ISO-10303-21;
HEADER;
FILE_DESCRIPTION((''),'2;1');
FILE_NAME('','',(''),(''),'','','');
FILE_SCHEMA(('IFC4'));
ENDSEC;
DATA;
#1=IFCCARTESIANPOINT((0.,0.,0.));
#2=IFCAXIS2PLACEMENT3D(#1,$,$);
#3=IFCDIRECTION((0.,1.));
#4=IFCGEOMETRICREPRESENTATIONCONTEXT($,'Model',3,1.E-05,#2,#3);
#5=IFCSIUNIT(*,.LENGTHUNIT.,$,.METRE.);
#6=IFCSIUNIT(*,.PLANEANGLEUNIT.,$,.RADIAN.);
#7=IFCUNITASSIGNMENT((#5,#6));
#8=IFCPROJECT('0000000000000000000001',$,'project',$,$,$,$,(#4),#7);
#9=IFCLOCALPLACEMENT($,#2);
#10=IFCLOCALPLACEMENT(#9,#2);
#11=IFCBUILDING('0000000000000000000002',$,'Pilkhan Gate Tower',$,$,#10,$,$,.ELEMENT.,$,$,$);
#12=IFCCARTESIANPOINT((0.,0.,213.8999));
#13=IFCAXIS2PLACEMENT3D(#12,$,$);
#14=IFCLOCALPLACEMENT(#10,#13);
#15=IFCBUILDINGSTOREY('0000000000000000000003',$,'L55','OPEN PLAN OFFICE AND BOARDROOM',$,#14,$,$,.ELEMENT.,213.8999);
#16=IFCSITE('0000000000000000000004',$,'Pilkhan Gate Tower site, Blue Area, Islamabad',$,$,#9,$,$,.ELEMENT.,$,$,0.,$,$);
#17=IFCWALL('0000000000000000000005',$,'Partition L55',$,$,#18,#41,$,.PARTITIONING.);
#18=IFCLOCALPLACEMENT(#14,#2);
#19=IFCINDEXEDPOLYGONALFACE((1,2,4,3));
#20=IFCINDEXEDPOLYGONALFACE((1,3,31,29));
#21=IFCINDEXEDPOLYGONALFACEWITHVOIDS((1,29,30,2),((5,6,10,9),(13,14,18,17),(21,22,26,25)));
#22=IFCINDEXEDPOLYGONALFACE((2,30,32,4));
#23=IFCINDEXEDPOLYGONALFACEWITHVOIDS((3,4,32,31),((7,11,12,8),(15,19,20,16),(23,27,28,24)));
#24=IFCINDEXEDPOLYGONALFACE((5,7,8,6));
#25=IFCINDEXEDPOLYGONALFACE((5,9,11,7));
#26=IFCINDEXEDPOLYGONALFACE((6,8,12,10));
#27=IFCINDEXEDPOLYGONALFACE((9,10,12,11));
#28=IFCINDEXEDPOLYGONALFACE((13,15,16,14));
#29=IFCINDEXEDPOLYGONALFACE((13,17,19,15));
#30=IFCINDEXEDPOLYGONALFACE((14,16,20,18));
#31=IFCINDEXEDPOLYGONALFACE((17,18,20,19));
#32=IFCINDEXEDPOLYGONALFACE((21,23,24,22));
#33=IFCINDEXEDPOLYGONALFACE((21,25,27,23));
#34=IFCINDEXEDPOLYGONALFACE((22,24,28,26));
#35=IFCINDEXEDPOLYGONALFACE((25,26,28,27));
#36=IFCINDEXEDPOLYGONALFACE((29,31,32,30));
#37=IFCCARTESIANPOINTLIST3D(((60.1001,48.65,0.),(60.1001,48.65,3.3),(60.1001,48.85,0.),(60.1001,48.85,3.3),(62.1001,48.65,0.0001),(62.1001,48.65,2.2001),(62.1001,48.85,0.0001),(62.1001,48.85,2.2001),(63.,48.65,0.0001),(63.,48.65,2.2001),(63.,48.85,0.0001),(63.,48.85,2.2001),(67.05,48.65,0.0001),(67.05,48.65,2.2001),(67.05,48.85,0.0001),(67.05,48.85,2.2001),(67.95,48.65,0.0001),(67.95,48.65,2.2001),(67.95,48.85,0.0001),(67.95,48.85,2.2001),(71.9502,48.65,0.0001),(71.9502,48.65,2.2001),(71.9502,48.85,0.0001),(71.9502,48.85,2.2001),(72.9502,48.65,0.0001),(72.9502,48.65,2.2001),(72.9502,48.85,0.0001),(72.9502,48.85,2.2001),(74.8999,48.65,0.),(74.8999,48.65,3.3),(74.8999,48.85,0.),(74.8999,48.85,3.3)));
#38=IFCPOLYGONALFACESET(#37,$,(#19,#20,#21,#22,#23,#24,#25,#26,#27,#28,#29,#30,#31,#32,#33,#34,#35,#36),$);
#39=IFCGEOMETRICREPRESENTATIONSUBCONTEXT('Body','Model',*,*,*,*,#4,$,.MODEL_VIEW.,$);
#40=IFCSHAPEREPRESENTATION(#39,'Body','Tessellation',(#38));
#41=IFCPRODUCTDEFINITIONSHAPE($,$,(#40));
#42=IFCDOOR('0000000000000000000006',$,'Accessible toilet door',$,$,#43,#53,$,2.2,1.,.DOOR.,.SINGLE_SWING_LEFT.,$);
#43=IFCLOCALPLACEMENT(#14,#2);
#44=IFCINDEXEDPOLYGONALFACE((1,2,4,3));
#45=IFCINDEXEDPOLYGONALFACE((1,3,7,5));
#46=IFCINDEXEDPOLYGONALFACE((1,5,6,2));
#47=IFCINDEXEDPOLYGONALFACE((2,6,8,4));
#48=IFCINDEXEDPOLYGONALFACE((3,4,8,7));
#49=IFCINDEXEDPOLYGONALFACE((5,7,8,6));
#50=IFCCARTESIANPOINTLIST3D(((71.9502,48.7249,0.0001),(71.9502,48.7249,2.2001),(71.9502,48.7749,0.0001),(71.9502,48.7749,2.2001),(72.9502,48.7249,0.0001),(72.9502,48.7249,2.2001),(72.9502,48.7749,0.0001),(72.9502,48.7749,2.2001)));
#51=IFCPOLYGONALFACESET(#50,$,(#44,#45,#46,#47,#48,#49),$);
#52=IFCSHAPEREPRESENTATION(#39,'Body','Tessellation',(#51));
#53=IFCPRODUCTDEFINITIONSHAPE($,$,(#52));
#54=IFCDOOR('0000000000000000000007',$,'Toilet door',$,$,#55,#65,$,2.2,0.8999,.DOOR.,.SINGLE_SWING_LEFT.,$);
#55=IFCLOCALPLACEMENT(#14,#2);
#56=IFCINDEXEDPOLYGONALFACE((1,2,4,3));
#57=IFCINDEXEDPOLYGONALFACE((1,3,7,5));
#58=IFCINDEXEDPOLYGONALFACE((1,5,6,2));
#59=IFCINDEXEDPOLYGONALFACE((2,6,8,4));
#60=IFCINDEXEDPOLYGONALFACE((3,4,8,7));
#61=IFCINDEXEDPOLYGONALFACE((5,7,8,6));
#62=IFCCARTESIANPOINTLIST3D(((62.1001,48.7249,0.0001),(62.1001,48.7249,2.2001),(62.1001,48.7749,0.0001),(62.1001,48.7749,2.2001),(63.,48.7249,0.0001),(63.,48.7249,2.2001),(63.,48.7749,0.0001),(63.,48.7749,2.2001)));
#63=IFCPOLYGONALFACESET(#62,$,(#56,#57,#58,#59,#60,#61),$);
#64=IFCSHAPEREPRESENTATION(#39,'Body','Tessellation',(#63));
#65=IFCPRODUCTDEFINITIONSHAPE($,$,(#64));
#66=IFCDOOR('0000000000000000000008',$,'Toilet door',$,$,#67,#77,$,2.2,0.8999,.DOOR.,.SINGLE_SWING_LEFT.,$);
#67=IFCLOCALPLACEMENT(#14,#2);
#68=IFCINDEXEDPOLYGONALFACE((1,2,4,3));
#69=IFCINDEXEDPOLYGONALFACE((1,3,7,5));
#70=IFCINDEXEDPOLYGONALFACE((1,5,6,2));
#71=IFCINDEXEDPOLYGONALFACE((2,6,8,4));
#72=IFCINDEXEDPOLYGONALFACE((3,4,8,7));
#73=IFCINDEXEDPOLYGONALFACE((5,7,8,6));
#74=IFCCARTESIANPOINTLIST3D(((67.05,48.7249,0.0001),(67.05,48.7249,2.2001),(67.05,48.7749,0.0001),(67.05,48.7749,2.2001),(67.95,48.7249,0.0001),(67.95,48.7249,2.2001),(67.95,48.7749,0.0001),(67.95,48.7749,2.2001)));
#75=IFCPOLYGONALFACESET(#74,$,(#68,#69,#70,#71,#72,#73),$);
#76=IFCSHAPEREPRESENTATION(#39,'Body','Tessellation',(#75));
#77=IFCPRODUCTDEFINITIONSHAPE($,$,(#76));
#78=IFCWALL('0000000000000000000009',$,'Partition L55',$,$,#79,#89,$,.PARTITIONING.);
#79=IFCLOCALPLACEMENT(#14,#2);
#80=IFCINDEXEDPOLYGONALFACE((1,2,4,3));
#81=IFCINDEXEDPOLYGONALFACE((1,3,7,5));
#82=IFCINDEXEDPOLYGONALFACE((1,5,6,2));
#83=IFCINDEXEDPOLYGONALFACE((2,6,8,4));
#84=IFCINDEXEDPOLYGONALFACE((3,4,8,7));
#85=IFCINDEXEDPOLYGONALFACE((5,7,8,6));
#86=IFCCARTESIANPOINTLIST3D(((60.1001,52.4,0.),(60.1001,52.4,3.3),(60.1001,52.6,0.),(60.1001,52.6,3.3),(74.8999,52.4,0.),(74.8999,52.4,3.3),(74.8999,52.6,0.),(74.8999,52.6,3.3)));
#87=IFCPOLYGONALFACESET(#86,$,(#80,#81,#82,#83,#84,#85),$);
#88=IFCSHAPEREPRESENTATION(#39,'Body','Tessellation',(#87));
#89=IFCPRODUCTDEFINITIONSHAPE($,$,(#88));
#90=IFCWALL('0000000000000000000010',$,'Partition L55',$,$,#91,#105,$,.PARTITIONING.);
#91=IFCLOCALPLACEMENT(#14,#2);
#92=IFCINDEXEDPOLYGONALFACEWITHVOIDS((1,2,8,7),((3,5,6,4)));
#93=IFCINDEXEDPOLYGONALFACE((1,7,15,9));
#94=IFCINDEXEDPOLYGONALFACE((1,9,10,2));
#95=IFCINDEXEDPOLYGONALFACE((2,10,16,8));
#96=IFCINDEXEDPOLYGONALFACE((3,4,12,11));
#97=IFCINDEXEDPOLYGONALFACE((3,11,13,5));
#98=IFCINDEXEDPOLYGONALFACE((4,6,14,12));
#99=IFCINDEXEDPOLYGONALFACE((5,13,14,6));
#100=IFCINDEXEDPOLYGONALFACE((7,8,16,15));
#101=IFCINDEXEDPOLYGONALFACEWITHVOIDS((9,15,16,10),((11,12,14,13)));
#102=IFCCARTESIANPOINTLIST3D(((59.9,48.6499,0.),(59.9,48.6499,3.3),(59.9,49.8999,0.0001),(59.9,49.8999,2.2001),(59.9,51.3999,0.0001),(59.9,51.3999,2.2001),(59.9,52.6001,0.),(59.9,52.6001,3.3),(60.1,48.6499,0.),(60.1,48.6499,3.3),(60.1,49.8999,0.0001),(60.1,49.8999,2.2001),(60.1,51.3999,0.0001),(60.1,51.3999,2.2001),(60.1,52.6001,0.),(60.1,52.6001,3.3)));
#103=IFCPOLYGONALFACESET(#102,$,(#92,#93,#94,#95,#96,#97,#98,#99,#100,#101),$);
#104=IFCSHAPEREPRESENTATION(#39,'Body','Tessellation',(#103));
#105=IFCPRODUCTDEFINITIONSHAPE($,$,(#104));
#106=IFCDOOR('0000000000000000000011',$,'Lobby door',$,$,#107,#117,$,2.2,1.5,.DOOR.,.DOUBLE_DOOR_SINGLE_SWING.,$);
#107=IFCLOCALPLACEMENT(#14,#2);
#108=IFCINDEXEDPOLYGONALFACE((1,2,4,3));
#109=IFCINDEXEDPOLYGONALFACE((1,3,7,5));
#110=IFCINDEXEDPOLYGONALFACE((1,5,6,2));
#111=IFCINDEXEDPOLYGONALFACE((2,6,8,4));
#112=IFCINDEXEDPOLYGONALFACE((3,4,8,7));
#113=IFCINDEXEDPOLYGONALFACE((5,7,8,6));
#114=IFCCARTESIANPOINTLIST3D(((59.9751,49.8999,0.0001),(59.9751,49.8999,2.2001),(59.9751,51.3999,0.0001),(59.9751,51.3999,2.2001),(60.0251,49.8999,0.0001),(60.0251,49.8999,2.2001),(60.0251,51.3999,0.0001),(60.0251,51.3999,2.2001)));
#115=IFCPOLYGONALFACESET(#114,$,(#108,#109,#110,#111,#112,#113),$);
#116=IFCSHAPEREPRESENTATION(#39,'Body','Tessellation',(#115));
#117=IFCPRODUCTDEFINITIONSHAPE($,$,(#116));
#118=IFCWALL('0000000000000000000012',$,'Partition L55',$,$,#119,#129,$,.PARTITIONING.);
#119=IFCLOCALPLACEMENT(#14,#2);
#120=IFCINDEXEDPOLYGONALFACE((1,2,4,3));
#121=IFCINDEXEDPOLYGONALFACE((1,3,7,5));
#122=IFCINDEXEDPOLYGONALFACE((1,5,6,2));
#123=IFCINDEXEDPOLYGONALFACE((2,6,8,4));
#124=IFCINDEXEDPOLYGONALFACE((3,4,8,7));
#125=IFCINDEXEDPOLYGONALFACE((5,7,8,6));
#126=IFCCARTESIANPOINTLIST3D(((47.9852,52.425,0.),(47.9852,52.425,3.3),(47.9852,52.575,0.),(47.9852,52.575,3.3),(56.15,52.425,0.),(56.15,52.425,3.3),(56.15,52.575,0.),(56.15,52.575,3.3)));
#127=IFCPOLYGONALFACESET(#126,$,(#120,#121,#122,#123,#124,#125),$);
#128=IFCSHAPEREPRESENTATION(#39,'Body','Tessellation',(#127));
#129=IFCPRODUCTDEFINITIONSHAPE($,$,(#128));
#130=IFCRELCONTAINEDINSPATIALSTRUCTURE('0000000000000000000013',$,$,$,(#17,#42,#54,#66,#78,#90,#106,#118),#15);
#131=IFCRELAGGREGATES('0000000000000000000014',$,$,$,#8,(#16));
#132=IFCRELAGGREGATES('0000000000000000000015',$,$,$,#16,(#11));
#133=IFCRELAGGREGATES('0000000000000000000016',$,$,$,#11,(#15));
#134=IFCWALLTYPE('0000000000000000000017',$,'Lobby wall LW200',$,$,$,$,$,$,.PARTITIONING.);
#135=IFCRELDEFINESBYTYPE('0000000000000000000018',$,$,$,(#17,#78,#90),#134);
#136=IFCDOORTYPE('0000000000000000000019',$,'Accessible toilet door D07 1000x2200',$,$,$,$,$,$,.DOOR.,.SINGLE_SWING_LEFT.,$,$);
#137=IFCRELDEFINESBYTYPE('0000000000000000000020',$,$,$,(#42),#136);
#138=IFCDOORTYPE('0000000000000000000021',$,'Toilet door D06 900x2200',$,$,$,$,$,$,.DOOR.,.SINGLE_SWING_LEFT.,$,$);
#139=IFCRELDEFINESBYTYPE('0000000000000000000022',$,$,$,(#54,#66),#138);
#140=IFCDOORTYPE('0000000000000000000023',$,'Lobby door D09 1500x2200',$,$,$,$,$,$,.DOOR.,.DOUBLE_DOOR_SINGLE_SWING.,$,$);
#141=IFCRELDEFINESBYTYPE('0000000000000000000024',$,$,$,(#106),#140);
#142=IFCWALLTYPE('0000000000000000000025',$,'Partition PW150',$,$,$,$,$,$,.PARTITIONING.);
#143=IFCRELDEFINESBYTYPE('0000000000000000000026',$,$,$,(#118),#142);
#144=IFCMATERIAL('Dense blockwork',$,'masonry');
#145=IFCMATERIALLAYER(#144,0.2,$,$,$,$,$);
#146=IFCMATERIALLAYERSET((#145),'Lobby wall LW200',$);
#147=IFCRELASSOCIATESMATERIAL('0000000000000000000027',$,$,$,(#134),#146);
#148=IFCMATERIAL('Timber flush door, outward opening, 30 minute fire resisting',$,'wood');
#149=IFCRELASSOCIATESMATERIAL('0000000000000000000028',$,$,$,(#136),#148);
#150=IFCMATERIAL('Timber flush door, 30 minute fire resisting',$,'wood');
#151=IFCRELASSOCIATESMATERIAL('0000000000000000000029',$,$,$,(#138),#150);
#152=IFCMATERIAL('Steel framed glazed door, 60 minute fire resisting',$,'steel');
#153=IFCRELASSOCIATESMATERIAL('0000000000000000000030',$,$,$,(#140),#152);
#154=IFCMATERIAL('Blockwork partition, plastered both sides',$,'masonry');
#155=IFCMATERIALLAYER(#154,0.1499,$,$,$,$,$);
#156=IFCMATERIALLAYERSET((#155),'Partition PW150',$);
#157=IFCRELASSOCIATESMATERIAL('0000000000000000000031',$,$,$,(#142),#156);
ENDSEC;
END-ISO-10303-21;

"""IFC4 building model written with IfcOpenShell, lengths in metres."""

from ifc_helpers import new_model, si_unit, direction, frame, frame_2d, origin, place, context, subcontext, project, spatial, rectangle, extrude, material, layer, layer_set, type_object, element, fill, save


model = new_model("IFC4")

# Units and contexts
model_context = context("Model", 3, precision=1e-05, world=origin(), true_north=direction((0.0, 1.0)))
body_context = subcontext(model_context, "Body", "Model", "MODEL_VIEW")
ifc_project = project(units=[si_unit("LENGTHUNIT", "METRE"), si_unit("PLANEANGLEUNIT", "RADIAN")], contexts=[model_context])

# Site, building, storey
site_placement = place(None, origin())
site = spatial("IfcSite", under=ifc_project, at=site_placement, Name="Pilkhan Gate Tower site, Blue Area, Islamabad", CompositionType="ELEMENT", RefElevation=0.0)
building_placement = place(site_placement, origin())
building = spatial("IfcBuilding", under=site, at=building_placement, Name="Pilkhan Gate Tower", CompositionType="ELEMENT")
storey_placement = place(building_placement, frame((0.0, 0.0, 213.8999)))
storey = spatial("IfcBuildingStorey", under=building, at=storey_placement, Name="L55", Description="OPEN PLAN OFFICE AND BOARDROOM", CompositionType="ELEMENT", Elevation=213.8999)

# Shared definitions
ifc_material_1 = material(Name="Dense blockwork", Category="masonry")

# Shared definitions
ifc_material_2 = material(Name="Timber flush door, 30 minute fire resisting", Category="wood")

# Wall, openings, doors
ifc_layer_1 = layer(ifc_material_1, 0.2)
ifc_layer_set_1 = layer_set([ifc_layer_1], Name="Lobby wall LW200")
wall_type_1 = type_object("IfcWallType", Name="Lobby wall LW200", PredefinedType="PARTITIONING", material=ifc_layer_set_1)
wall_1_placement = place(storey_placement, frame((60.1001, 48.75, 0.0), z_axis=(0.0, 0.0, 1.0), x_axis=(1.0, 0.0, 0.0)))
wall_1 = element("IfcWall", 1, at=wall_1_placement, inside=storey, type_object=wall_type_1, Name="Partition L55", PredefinedType="PARTITIONING", context=body_context, shape_type="SweptSolid", body=[
    extrude(rectangle(XDim=14.7998, YDim=0.2, at=frame_2d((7.3999, 0.0))), origin(), (0.0, 0.0, 1.0), 3.3),
])
opening_1_placement = place(wall_1_placement, frame((2.0, 0.0, 0.0)))
opening_1 = element("IfcOpeningElement", 2, at=opening_1_placement, cuts=wall_1, PredefinedType="OPENING", context=body_context, shape_type="SweptSolid", body=[
    extrude(rectangle(XDim=0.8999, YDim=2.2, at=frame_2d((0.45, 1.1001))), frame((0.0, 0.1099, 0.0), z_axis=(0.0, -1.0, 0.0), x_axis=(1.0, 0.0, 0.0)), (0.0, 0.0, 1.0), 0.22),
])
opening_2_placement = place(wall_1_placement, frame((6.95, 0.0, 0.0)))
opening_2 = element("IfcOpeningElement", 3, at=opening_2_placement, cuts=wall_1, PredefinedType="OPENING", context=body_context, shape_type="SweptSolid", body=[
    extrude(rectangle(XDim=0.8999, YDim=2.2, at=frame_2d((0.45, 1.1001))), frame((0.0, 0.1099, 0.0), z_axis=(0.0, -1.0, 0.0), x_axis=(1.0, 0.0, 0.0)), (0.0, 0.0, 1.0), 0.22),
])
opening_3_placement = place(wall_1_placement, frame((11.8501, 0.0, 0.0)))
opening_3 = element("IfcOpeningElement", 4, at=opening_3_placement, cuts=wall_1, PredefinedType="OPENING", context=body_context, shape_type="SweptSolid", body=[
    extrude(rectangle(XDim=1.0, YDim=2.2, at=frame_2d((0.5, 1.1001))), frame((0.0, 0.1099, 0.0), z_axis=(0.0, -1.0, 0.0), x_axis=(1.0, 0.0, 0.0)), (0.0, 0.0, 1.0), 0.22),
])
ifc_material_3 = material(Name="Timber flush door, outward opening, 30 minute fire resisting", Category="wood")
door_type_1 = type_object("IfcDoorType", Name="Accessible toilet door D07 1000x2200", OperationType="SINGLE_SWING_LEFT", PredefinedType="DOOR", material=ifc_material_3)
door_1_placement = place(opening_3_placement, origin())
door_1 = element("IfcDoor", 5, at=door_1_placement, inside=storey, type_object=door_type_1, Name="Accessible toilet door", OperationType="SINGLE_SWING_LEFT", OverallHeight=2.2, OverallWidth=1.0, PredefinedType="DOOR", context=body_context, shape_type="SweptSolid", body=[
    extrude(rectangle(XDim=1.0, YDim=2.2, at=frame_2d((0.5, 1.1001))), frame((0.0, 0.0249, 0.0), z_axis=(0.0, -1.0, 0.0), x_axis=(1.0, 0.0, 0.0)), (0.0, 0.0, 1.0), 0.05),
])
fill(opening_3, door_1)
door_type_2 = type_object("IfcDoorType", Name="Toilet door D06 900x2200", OperationType="SINGLE_SWING_LEFT", PredefinedType="DOOR", material=ifc_material_2)
door_2_placement = place(opening_1_placement, origin())
door_2 = element("IfcDoor", 6, at=door_2_placement, inside=storey, type_object=door_type_2, Name="Toilet door", OperationType="SINGLE_SWING_LEFT", OverallHeight=2.2, OverallWidth=0.8999, PredefinedType="DOOR", context=body_context, shape_type="SweptSolid", body=[
    extrude(rectangle(XDim=0.8999, YDim=2.2, at=frame_2d((0.45, 1.1001))), frame((0.0, 0.0249, 0.0), z_axis=(0.0, -1.0, 0.0), x_axis=(1.0, 0.0, 0.0)), (0.0, 0.0, 1.0), 0.05),
])
fill(opening_1, door_2)
door_3_placement = place(opening_2_placement, origin())
door_3 = element("IfcDoor", 7, at=door_3_placement, inside=storey, type_object=door_type_2, Name="Toilet door", OperationType="SINGLE_SWING_LEFT", OverallHeight=2.2, OverallWidth=0.8999, PredefinedType="DOOR", context=body_context, shape_type="SweptSolid", body=[
    extrude(rectangle(XDim=0.8999, YDim=2.2, at=frame_2d((0.45, 1.1001))), frame((0.0, 0.0249, 0.0), z_axis=(0.0, -1.0, 0.0), x_axis=(1.0, 0.0, 0.0)), (0.0, 0.0, 1.0), 0.05),
])
fill(opening_2, door_3)

# Wall
wall_2_placement = place(storey_placement, frame((60.1001, 52.5, 0.0), z_axis=(0.0, 0.0, 1.0), x_axis=(1.0, 0.0, 0.0)))
element("IfcWall", 8, at=wall_2_placement, inside=storey, type_object=wall_type_1, Name="Partition L55", PredefinedType="PARTITIONING", context=body_context, shape_type="SweptSolid", body=[
    extrude(rectangle(XDim=14.7998, YDim=0.2, at=frame_2d((7.3999, 0.0))), origin(), (0.0, 0.0, 1.0), 3.3),
])

# Wall, opening, door
wall_3_placement = place(storey_placement, frame((60.0, 48.6499, 0.0), z_axis=(0.0, 0.0, 1.0), x_axis=(0.0, 1.0, 0.0)))
wall_3 = element("IfcWall", 9, at=wall_3_placement, inside=storey, type_object=wall_type_1, Name="Partition L55", PredefinedType="PARTITIONING", context=body_context, shape_type="SweptSolid", body=[
    extrude(rectangle(XDim=3.9502, YDim=0.2, at=frame_2d((1.9751, 0.0))), origin(), (0.0, 0.0, 1.0), 3.3),
])
opening_4_placement = place(wall_3_placement, frame((1.25, 0.0, 0.0)))
opening_4 = element("IfcOpeningElement", 10, at=opening_4_placement, cuts=wall_3, PredefinedType="OPENING", context=body_context, shape_type="SweptSolid", body=[
    extrude(rectangle(XDim=1.5, YDim=2.2, at=frame_2d((0.75, 1.1001))), frame((0.0, 0.1099, 0.0), z_axis=(0.0, -1.0, 0.0), x_axis=(1.0, 0.0, 0.0)), (0.0, 0.0, 1.0), 0.22),
])
ifc_material_4 = material(Name="Steel framed glazed door, 60 minute fire resisting", Category="steel")
door_type_3 = type_object("IfcDoorType", Name="Lobby door D09 1500x2200", OperationType="DOUBLE_DOOR_SINGLE_SWING", PredefinedType="DOOR", material=ifc_material_4)
door_4_placement = place(opening_4_placement, origin())
door_4 = element("IfcDoor", 11, at=door_4_placement, inside=storey, type_object=door_type_3, Name="Lobby door", OperationType="DOUBLE_DOOR_SINGLE_SWING", OverallHeight=2.2, OverallWidth=1.5, PredefinedType="DOOR", context=body_context, shape_type="SweptSolid", body=[
    extrude(rectangle(XDim=1.5, YDim=2.2, at=frame_2d((0.75, 1.1001))), frame((0.0, 0.0249, 0.0), z_axis=(0.0, -1.0, 0.0), x_axis=(1.0, 0.0, 0.0)), (0.0, 0.0, 1.0), 0.05),
])
fill(opening_4, door_4)

# Wall
ifc_material_5 = material(Name="Blockwork partition, plastered both sides", Category="masonry")
ifc_layer_2 = layer(ifc_material_5, 0.1499)
ifc_layer_set_2 = layer_set([ifc_layer_2], Name="Partition PW150")
wall_type_2 = type_object("IfcWallType", Name="Partition PW150", PredefinedType="PARTITIONING", material=ifc_layer_set_2)
wall_4_placement = place(storey_placement, frame((47.9851, 52.5, 0.0), z_axis=(0.0, 0.0, 1.0), x_axis=(1.0, 0.0, 0.0)))
element("IfcWall", 12, at=wall_4_placement, inside=storey, type_object=wall_type_2, Name="Partition L55", PredefinedType="PARTITIONING", context=body_context, shape_type="SweptSolid", body=[
    extrude(rectangle(XDim=8.1648, YDim=0.1499, at=frame_2d((4.0825, 0.0))), origin(), (0.0, 0.0, 1.0), 3.3),
])

save(model, "model.ifc")
